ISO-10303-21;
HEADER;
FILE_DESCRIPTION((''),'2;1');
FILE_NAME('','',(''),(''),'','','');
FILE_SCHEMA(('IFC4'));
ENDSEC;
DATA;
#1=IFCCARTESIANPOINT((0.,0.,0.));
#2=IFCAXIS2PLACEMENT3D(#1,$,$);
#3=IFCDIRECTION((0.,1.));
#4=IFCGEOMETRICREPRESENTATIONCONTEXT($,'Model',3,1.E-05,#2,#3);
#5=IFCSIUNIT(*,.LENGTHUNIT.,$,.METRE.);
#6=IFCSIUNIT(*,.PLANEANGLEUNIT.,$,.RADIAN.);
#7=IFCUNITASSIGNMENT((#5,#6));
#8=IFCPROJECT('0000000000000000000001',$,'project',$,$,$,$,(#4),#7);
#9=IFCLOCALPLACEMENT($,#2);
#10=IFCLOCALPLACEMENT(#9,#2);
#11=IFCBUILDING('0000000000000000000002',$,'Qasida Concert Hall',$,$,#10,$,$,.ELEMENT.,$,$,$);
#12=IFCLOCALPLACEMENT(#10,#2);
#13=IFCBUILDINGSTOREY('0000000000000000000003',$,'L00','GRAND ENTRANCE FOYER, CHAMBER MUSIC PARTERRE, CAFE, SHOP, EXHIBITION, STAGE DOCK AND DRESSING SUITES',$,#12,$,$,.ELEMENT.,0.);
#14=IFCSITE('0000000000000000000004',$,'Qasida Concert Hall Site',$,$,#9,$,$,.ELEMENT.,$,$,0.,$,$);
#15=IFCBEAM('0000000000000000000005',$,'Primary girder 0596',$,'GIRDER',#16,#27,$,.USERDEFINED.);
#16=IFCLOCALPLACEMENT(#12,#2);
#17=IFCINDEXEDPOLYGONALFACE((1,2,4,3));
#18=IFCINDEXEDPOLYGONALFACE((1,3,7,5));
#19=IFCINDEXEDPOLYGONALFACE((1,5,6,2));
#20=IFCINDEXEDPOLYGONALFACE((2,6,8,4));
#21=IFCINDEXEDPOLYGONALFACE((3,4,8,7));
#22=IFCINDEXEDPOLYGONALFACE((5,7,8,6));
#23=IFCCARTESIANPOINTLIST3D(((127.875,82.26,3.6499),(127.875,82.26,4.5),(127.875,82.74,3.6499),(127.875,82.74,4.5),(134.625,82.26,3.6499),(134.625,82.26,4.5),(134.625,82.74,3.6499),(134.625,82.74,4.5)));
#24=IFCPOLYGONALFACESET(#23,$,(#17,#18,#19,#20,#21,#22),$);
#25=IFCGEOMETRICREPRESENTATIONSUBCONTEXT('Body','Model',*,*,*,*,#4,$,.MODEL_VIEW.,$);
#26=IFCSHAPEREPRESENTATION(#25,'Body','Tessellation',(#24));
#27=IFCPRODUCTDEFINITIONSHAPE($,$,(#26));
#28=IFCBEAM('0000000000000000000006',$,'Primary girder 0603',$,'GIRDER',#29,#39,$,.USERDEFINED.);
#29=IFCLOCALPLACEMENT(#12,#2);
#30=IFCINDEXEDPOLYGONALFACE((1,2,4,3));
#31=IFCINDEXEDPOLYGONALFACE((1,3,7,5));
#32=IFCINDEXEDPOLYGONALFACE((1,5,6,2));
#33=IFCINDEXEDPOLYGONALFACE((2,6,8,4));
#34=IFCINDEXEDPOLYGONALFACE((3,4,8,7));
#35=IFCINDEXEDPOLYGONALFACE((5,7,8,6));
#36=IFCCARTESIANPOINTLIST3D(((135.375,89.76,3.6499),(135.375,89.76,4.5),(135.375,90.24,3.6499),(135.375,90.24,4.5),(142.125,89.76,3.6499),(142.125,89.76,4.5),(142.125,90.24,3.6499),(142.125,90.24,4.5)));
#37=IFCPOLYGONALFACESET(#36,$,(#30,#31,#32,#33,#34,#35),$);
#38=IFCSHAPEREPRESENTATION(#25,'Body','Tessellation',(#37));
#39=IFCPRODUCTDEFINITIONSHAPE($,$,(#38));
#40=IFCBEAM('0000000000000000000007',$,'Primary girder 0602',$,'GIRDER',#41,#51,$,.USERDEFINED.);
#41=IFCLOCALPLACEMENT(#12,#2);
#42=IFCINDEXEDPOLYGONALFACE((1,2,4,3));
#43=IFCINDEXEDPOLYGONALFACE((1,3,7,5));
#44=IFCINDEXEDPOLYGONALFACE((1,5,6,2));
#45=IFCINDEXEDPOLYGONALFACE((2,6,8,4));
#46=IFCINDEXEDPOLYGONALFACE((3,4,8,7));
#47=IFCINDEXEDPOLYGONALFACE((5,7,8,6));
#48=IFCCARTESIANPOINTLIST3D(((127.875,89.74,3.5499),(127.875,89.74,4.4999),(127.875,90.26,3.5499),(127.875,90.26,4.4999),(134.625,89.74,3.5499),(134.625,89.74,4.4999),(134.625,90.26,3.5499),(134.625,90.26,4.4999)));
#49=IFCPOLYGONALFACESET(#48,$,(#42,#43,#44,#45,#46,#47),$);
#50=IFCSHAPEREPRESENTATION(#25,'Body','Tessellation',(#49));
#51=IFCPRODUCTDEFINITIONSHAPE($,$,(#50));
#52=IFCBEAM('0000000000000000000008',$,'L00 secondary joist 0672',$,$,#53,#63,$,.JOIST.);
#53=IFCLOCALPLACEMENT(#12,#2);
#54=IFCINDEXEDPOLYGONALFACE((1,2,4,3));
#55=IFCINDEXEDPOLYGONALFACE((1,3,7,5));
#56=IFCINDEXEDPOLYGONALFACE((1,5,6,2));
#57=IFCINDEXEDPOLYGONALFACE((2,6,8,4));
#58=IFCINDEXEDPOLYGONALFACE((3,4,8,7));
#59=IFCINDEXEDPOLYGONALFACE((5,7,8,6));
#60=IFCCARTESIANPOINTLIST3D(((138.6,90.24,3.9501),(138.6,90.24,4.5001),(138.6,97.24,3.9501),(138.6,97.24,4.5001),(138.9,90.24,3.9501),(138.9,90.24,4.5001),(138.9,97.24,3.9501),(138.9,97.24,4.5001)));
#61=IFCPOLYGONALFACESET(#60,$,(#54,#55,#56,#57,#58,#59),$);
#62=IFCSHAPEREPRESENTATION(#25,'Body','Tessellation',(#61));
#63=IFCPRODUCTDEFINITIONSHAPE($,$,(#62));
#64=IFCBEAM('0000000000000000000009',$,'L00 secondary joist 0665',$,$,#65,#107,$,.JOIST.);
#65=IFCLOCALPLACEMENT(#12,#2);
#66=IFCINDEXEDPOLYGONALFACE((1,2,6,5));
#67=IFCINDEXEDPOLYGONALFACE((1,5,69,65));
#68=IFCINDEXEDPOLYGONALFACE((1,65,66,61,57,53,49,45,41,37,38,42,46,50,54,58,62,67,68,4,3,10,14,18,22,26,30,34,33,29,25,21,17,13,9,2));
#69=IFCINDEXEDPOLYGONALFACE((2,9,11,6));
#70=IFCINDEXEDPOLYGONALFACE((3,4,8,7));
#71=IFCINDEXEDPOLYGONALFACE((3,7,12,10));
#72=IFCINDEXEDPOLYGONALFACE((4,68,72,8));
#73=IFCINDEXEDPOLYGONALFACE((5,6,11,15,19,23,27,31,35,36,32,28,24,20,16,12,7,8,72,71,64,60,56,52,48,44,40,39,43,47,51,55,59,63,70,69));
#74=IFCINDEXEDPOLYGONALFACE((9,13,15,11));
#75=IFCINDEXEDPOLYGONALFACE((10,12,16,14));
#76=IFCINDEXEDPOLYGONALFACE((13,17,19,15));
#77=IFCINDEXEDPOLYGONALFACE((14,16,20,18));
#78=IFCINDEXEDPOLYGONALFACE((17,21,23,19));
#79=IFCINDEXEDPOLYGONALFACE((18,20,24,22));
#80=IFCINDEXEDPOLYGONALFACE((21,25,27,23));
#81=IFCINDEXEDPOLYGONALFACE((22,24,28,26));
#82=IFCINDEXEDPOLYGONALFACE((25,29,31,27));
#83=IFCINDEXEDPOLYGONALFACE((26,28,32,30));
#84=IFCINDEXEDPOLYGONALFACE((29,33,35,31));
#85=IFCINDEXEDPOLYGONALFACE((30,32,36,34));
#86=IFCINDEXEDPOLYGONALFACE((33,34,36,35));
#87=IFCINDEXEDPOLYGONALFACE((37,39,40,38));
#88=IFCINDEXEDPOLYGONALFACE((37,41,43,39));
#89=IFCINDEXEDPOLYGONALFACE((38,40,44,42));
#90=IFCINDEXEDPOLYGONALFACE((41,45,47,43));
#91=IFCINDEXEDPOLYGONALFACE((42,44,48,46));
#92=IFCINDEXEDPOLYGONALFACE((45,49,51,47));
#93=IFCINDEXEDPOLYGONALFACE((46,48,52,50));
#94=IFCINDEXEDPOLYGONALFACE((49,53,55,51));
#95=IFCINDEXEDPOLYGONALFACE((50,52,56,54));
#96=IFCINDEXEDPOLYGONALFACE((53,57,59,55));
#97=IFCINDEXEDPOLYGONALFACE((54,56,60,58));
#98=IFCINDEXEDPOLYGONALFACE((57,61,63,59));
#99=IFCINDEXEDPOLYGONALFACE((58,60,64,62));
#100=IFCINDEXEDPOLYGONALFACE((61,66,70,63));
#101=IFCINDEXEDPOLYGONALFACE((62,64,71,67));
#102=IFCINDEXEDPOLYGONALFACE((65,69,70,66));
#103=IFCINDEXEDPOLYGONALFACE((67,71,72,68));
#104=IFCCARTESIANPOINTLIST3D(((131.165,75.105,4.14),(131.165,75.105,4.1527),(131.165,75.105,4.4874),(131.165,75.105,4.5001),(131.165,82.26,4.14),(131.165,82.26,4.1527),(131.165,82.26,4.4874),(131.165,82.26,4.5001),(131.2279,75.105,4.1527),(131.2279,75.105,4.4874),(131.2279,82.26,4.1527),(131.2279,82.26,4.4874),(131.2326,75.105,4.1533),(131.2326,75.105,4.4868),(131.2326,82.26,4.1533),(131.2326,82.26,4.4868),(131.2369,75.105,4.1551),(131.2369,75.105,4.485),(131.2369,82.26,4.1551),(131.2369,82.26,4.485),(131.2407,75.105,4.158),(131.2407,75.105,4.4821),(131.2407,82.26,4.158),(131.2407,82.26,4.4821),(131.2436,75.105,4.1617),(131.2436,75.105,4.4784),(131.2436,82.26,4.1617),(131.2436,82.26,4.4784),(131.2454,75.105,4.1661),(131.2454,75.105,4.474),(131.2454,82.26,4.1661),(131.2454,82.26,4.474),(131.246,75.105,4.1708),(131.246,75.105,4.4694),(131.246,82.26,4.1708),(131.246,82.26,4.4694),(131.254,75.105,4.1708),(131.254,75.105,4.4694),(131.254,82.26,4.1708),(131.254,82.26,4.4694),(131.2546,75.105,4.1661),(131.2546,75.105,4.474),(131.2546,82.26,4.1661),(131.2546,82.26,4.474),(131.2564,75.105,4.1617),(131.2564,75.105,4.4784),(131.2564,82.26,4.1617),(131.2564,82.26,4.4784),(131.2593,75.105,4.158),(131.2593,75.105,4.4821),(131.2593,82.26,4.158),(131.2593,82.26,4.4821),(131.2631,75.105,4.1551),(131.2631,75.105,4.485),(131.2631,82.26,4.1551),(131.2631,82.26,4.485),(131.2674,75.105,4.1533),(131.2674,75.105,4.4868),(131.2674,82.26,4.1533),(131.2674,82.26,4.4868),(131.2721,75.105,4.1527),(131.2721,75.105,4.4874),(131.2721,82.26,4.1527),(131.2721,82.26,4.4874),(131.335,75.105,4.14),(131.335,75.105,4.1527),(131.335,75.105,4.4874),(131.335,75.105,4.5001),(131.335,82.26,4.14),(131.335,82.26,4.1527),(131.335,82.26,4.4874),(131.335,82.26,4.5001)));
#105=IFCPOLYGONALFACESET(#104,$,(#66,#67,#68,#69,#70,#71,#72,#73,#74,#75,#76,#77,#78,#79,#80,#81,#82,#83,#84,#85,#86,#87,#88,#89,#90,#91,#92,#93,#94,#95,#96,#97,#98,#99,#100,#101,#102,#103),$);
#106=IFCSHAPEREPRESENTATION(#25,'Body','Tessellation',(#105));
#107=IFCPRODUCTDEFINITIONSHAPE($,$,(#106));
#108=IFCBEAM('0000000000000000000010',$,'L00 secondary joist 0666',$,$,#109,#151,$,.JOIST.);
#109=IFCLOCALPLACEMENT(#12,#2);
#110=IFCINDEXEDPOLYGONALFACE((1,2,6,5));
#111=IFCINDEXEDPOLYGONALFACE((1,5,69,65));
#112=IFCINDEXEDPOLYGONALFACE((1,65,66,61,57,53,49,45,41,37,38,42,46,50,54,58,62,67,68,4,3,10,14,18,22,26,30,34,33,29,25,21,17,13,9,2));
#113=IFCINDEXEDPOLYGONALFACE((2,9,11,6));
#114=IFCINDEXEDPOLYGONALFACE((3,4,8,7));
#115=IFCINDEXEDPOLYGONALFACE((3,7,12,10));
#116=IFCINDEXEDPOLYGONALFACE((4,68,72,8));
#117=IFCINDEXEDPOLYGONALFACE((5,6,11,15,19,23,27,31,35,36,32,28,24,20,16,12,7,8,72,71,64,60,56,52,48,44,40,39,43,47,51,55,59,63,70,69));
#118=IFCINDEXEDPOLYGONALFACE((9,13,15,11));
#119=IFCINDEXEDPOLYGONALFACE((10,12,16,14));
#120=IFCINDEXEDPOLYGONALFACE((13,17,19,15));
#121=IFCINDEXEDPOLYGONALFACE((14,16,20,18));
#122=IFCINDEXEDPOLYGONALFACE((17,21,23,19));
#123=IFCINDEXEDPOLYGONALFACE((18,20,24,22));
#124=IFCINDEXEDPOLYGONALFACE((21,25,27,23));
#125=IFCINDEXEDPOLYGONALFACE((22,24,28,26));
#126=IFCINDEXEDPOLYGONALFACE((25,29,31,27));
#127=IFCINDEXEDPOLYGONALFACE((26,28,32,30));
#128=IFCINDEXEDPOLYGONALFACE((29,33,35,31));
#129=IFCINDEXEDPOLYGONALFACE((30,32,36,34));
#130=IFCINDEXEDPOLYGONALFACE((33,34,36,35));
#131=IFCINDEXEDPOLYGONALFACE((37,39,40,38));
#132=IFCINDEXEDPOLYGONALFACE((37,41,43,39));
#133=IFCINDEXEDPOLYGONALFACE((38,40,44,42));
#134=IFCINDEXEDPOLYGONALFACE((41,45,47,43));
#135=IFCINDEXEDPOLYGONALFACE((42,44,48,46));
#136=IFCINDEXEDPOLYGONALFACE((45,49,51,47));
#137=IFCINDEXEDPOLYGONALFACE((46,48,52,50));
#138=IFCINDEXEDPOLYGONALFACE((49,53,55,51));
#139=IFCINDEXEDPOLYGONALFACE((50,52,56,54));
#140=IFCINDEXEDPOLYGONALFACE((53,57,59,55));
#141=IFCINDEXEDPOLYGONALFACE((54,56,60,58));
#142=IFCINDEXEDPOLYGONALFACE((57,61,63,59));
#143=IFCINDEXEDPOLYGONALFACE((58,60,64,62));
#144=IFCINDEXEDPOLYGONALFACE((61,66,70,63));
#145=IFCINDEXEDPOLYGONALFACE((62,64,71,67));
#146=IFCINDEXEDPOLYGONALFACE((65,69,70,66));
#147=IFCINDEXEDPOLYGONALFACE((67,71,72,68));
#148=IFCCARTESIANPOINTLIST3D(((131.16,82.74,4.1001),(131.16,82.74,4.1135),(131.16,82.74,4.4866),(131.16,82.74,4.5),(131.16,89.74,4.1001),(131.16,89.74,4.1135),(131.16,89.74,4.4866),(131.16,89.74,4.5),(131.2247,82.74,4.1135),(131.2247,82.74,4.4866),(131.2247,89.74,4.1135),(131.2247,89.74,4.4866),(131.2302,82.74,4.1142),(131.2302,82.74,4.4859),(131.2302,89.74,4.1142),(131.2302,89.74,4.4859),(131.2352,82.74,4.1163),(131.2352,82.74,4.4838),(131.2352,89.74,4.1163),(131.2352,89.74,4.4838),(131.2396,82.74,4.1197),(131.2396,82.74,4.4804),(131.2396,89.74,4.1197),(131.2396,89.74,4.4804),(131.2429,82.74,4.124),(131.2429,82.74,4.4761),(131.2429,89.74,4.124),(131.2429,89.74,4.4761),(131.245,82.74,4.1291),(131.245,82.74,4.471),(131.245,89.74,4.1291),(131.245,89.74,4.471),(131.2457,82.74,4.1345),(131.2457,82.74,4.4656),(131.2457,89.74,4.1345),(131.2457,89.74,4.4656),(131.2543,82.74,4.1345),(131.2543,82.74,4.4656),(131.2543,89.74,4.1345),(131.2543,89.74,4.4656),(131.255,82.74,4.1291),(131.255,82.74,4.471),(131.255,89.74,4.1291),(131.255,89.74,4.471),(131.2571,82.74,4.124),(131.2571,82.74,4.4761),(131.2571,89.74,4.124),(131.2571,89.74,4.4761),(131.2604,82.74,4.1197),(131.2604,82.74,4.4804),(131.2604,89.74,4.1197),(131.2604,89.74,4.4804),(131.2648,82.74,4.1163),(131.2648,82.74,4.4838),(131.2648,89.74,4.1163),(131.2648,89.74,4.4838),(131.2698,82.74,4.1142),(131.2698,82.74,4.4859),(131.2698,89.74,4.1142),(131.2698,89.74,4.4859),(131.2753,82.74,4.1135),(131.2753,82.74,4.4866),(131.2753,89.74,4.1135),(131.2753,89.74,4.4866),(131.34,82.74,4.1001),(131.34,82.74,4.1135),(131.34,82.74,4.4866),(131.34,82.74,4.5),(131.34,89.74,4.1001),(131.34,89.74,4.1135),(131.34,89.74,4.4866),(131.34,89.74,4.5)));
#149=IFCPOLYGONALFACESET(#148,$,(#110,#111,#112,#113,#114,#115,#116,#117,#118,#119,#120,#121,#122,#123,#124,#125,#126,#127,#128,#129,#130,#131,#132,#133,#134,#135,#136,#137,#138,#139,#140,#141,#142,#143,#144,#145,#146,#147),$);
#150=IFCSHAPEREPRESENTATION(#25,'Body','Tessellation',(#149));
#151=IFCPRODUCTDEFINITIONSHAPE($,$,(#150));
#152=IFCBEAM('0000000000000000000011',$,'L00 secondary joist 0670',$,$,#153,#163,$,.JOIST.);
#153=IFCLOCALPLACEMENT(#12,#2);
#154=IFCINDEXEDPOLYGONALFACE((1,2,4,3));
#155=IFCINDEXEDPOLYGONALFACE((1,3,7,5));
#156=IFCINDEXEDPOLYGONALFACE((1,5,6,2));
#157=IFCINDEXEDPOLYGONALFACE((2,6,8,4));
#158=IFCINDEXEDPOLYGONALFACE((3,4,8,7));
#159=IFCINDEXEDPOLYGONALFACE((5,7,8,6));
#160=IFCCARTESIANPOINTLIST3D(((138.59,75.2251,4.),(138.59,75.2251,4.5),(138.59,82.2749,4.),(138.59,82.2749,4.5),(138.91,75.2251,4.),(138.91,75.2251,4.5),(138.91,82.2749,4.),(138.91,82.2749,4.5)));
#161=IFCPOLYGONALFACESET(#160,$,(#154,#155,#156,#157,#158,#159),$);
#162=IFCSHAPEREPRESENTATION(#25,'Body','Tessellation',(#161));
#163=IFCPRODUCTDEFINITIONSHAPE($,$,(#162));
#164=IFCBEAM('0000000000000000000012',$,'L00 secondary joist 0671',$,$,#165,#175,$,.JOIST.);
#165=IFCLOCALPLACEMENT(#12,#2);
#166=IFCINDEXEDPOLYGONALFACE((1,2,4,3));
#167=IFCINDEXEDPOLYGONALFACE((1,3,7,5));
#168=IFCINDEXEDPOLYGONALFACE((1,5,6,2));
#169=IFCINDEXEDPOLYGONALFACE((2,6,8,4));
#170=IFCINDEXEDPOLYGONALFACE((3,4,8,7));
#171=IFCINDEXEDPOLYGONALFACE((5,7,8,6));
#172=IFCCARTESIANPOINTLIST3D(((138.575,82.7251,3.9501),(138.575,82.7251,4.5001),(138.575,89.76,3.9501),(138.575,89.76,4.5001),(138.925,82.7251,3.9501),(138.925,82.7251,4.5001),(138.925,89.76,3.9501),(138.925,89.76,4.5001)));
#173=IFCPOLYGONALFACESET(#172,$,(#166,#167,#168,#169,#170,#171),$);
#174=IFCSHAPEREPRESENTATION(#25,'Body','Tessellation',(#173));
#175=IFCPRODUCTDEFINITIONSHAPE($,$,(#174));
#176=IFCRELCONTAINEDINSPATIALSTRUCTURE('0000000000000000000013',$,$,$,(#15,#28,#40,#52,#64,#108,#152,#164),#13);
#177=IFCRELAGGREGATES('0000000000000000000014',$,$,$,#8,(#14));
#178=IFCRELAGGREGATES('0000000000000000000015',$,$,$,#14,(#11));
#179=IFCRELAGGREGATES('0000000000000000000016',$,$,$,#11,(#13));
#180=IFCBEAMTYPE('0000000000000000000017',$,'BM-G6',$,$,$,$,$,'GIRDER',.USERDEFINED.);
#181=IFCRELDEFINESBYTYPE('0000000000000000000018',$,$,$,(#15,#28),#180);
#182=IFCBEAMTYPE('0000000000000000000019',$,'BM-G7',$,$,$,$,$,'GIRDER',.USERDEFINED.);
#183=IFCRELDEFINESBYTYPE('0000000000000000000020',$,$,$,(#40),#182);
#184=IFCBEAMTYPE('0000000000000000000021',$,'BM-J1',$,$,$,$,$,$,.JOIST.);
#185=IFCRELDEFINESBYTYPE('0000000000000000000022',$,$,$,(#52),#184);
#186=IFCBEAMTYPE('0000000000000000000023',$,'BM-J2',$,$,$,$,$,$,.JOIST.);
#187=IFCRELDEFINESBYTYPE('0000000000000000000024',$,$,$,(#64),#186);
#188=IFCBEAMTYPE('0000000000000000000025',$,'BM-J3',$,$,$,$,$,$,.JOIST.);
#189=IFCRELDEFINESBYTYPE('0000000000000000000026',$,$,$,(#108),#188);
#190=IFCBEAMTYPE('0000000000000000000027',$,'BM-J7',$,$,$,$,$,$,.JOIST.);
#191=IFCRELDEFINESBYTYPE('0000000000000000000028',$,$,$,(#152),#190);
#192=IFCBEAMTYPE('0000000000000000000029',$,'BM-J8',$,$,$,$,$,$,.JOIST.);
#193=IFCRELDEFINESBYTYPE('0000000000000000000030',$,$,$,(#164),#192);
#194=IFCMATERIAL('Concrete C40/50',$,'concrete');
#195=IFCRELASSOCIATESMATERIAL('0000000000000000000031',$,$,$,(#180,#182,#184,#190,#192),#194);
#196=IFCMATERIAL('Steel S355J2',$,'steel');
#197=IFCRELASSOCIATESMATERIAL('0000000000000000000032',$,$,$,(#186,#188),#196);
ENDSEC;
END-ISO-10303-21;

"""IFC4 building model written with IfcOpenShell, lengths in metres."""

from ifc_helpers import new_model, si_unit, direction, frame, origin, origin_2d, place, context, subcontext, project, spatial, rectangle, i_section, extrude, material, material_profile, profile_set, type_object, element, save


model = new_model("IFC4")

# Units and contexts
model_context = context("Model", 3, precision=1e-05, world=origin(), true_north=direction((0.0, 1.0)))
body_context = subcontext(model_context, "Body", "Model", "MODEL_VIEW")
ifc_project = project(units=[si_unit("LENGTHUNIT", "METRE"), si_unit("PLANEANGLEUNIT", "RADIAN")], contexts=[model_context])

# Site, building, storey
site_placement = place(None, origin())
site = spatial("IfcSite", under=ifc_project, at=site_placement, Name="Qasida Concert Hall Site", CompositionType="ELEMENT", RefElevation=0.0)
building_placement = place(site_placement, origin())
building = spatial("IfcBuilding", under=site, at=building_placement, Name="Qasida Concert Hall", CompositionType="ELEMENT")
storey_placement = place(building_placement, origin())
storey = spatial("IfcBuildingStorey", under=building, at=storey_placement, Name="L00", Description="GRAND ENTRANCE FOYER, CHAMBER MUSIC PARTERRE, CAFE, SHOP, EXHIBITION, STAGE DOCK AND DRESSING SUITES", CompositionType="ELEMENT", Elevation=0.0)

# Beams
ifc_material_1 = material(Name="Concrete C40/50", Category="concrete")
ifc_material_2 = material(Name="Steel S355J2", Category="steel")
ifc_material_profile_1 = material_profile(ifc_material_1, rectangle(XDim=0.48, YDim=0.8501, at=origin_2d()), Name="RC 480x850")
ifc_profile_set_1 = profile_set([ifc_material_profile_1], Name="Concrete C40/50")
beam_type_1 = type_object("IfcBeamType", Name="BM-G6", ElementType="GIRDER", PredefinedType="USERDEFINED", material=ifc_profile_set_1)
for number, where, z_axis, x_axis, name in (
    (1, (127.875, 82.5, 4.075), (1.0, 0.0, 0.0), (0.0, 1.0, 0.0), "Primary girder 0596"),
    (2, (135.375, 90.0, 4.075), (1.0, 0.0, 0.0), (0.0, 1.0, 0.0), "Primary girder 0603"),
):
    element("IfcBeam", number, at=place(storey_placement, frame(where, z_axis=z_axis, x_axis=x_axis)), inside=storey, type_object=beam_type_1, Name=name, ObjectType="GIRDER", PredefinedType="USERDEFINED", context=body_context, shape_type="SweptSolid", body=[
        extrude(rectangle(XDim=0.48, YDim=0.8501, at=origin_2d()), origin(), (0.0, 0.0, 1.0), 6.75),
    ])
ifc_material_profile_2 = material_profile(ifc_material_1, rectangle(XDim=0.52, YDim=0.95, at=origin_2d()), Name="RC 520x950")
ifc_profile_set_2 = profile_set([ifc_material_profile_2], Name="Concrete C40/50")
beam_type_2 = type_object("IfcBeamType", Name="BM-G7", ElementType="GIRDER", PredefinedType="USERDEFINED", material=ifc_profile_set_2)
beam_1_placement = place(storey_placement, frame((127.875, 90.0, 4.0249), z_axis=(1.0, 0.0, 0.0), x_axis=(0.0, 1.0, 0.0)))
element("IfcBeam", 3, at=beam_1_placement, inside=storey, type_object=beam_type_2, Name="Primary girder 0602", ObjectType="GIRDER", PredefinedType="USERDEFINED", context=body_context, shape_type="SweptSolid", body=[
    extrude(rectangle(XDim=0.52, YDim=0.95, at=origin_2d()), origin(), (0.0, 0.0, 1.0), 6.75),
])
ifc_material_profile_3 = material_profile(ifc_material_1, rectangle(XDim=0.3, YDim=0.55, at=origin_2d()), Name="RC 300x550")
ifc_profile_set_3 = profile_set([ifc_material_profile_3], Name="Concrete C40/50")
beam_type_3 = type_object("IfcBeamType", Name="BM-J1", PredefinedType="JOIST", material=ifc_profile_set_3)
beam_2_placement = place(storey_placement, frame((138.75, 90.24, 4.2251), z_axis=(0.0, 1.0, 0.0), x_axis=(-1.0, 0.0, 0.0)))
element("IfcBeam", 4, at=beam_2_placement, inside=storey, type_object=beam_type_3, Name="L00 secondary joist 0672", PredefinedType="JOIST", context=body_context, shape_type="SweptSolid", body=[
    extrude(rectangle(XDim=0.3, YDim=0.55, at=origin_2d()), origin(), (0.0, 0.0, 1.0), 7.0),
])
ifc_material_profile_4 = material_profile(ifc_material_2, i_section(OverallWidth=0.1699, OverallDepth=0.3601, WebThickness=0.0081, FlangeThickness=0.0127, FilletRadius=0.0181, at=origin_2d()), Name="IPE 360")
ifc_profile_set_4 = profile_set([ifc_material_profile_4], Name="Steel S355J2")
beam_type_4 = type_object("IfcBeamType", Name="BM-J2", PredefinedType="JOIST", material=ifc_profile_set_4)
beam_3_placement = place(storey_placement, frame((131.25, 75.105, 4.3201), z_axis=(0.0, 1.0, 0.0), x_axis=(-1.0, 0.0, 0.0)))
element("IfcBeam", 5, at=beam_3_placement, inside=storey, type_object=beam_type_4, Name="L00 secondary joist 0665", PredefinedType="JOIST", context=body_context, shape_type="SweptSolid", body=[
    extrude(i_section(OverallWidth=0.1699, OverallDepth=0.3601, WebThickness=0.0081, FlangeThickness=0.0127, FilletRadius=0.0181, at=origin_2d()), origin(), (0.0, 0.0, 1.0), 7.155),
])
ifc_material_profile_5 = material_profile(ifc_material_2, i_section(OverallWidth=0.1799, OverallDepth=0.3999, WebThickness=0.0085, FlangeThickness=0.0134, FilletRadius=0.021, at=origin_2d()), Name="IPE 400")
ifc_profile_set_5 = profile_set([ifc_material_profile_5], Name="Steel S355J2")
beam_type_5 = type_object("IfcBeamType", Name="BM-J3", PredefinedType="JOIST", material=ifc_profile_set_5)
beam_4_placement = place(storey_placement, frame((131.25, 82.74, 4.3), z_axis=(0.0, 1.0, 0.0), x_axis=(-1.0, 0.0, 0.0)))
element("IfcBeam", 6, at=beam_4_placement, inside=storey, type_object=beam_type_5, Name="L00 secondary joist 0666", PredefinedType="JOIST", context=body_context, shape_type="SweptSolid", body=[
    extrude(i_section(OverallWidth=0.1799, OverallDepth=0.3999, WebThickness=0.0085, FlangeThickness=0.0134, FilletRadius=0.021, at=origin_2d()), origin(), (0.0, 0.0, 1.0), 7.0),
])
ifc_material_profile_6 = material_profile(ifc_material_1, rectangle(XDim=0.3201, YDim=0.5, at=origin_2d()), Name="RC 320x500")
ifc_profile_set_6 = profile_set([ifc_material_profile_6], Name="Concrete C40/50")
beam_type_6 = type_object("IfcBeamType", Name="BM-J7", PredefinedType="JOIST", material=ifc_profile_set_6)
beam_5_placement = place(storey_placement, frame((138.75, 75.2251, 4.25), z_axis=(0.0, 1.0, 0.0), x_axis=(-1.0, 0.0, 0.0)))
element("IfcBeam", 7, at=beam_5_placement, inside=storey, type_object=beam_type_6, Name="L00 secondary joist 0670", PredefinedType="JOIST", context=body_context, shape_type="SweptSolid", body=[
    extrude(rectangle(XDim=0.3201, YDim=0.5, at=origin_2d()), origin(), (0.0, 0.0, 1.0), 7.0498),
])
ifc_material_profile_7 = material_profile(ifc_material_1, rectangle(XDim=0.3501, YDim=0.55, at=origin_2d()), Name="RC 350x550")
ifc_profile_set_7 = profile_set([ifc_material_profile_7], Name="Concrete C40/50")
beam_type_7 = type_object("IfcBeamType", Name="BM-J8", PredefinedType="JOIST", material=ifc_profile_set_7)
beam_6_placement = place(storey_placement, frame((138.75, 82.7251, 4.2251), z_axis=(0.0, 1.0, 0.0), x_axis=(-1.0, 0.0, 0.0)))
element("IfcBeam", 8, at=beam_6_placement, inside=storey, type_object=beam_type_7, Name="L00 secondary joist 0671", PredefinedType="JOIST", context=body_context, shape_type="SweptSolid", body=[
    extrude(rectangle(XDim=0.3501, YDim=0.55, at=origin_2d()), origin(), (0.0, 0.0, 1.0), 7.0349),
])

save(model, "model.ifc")
